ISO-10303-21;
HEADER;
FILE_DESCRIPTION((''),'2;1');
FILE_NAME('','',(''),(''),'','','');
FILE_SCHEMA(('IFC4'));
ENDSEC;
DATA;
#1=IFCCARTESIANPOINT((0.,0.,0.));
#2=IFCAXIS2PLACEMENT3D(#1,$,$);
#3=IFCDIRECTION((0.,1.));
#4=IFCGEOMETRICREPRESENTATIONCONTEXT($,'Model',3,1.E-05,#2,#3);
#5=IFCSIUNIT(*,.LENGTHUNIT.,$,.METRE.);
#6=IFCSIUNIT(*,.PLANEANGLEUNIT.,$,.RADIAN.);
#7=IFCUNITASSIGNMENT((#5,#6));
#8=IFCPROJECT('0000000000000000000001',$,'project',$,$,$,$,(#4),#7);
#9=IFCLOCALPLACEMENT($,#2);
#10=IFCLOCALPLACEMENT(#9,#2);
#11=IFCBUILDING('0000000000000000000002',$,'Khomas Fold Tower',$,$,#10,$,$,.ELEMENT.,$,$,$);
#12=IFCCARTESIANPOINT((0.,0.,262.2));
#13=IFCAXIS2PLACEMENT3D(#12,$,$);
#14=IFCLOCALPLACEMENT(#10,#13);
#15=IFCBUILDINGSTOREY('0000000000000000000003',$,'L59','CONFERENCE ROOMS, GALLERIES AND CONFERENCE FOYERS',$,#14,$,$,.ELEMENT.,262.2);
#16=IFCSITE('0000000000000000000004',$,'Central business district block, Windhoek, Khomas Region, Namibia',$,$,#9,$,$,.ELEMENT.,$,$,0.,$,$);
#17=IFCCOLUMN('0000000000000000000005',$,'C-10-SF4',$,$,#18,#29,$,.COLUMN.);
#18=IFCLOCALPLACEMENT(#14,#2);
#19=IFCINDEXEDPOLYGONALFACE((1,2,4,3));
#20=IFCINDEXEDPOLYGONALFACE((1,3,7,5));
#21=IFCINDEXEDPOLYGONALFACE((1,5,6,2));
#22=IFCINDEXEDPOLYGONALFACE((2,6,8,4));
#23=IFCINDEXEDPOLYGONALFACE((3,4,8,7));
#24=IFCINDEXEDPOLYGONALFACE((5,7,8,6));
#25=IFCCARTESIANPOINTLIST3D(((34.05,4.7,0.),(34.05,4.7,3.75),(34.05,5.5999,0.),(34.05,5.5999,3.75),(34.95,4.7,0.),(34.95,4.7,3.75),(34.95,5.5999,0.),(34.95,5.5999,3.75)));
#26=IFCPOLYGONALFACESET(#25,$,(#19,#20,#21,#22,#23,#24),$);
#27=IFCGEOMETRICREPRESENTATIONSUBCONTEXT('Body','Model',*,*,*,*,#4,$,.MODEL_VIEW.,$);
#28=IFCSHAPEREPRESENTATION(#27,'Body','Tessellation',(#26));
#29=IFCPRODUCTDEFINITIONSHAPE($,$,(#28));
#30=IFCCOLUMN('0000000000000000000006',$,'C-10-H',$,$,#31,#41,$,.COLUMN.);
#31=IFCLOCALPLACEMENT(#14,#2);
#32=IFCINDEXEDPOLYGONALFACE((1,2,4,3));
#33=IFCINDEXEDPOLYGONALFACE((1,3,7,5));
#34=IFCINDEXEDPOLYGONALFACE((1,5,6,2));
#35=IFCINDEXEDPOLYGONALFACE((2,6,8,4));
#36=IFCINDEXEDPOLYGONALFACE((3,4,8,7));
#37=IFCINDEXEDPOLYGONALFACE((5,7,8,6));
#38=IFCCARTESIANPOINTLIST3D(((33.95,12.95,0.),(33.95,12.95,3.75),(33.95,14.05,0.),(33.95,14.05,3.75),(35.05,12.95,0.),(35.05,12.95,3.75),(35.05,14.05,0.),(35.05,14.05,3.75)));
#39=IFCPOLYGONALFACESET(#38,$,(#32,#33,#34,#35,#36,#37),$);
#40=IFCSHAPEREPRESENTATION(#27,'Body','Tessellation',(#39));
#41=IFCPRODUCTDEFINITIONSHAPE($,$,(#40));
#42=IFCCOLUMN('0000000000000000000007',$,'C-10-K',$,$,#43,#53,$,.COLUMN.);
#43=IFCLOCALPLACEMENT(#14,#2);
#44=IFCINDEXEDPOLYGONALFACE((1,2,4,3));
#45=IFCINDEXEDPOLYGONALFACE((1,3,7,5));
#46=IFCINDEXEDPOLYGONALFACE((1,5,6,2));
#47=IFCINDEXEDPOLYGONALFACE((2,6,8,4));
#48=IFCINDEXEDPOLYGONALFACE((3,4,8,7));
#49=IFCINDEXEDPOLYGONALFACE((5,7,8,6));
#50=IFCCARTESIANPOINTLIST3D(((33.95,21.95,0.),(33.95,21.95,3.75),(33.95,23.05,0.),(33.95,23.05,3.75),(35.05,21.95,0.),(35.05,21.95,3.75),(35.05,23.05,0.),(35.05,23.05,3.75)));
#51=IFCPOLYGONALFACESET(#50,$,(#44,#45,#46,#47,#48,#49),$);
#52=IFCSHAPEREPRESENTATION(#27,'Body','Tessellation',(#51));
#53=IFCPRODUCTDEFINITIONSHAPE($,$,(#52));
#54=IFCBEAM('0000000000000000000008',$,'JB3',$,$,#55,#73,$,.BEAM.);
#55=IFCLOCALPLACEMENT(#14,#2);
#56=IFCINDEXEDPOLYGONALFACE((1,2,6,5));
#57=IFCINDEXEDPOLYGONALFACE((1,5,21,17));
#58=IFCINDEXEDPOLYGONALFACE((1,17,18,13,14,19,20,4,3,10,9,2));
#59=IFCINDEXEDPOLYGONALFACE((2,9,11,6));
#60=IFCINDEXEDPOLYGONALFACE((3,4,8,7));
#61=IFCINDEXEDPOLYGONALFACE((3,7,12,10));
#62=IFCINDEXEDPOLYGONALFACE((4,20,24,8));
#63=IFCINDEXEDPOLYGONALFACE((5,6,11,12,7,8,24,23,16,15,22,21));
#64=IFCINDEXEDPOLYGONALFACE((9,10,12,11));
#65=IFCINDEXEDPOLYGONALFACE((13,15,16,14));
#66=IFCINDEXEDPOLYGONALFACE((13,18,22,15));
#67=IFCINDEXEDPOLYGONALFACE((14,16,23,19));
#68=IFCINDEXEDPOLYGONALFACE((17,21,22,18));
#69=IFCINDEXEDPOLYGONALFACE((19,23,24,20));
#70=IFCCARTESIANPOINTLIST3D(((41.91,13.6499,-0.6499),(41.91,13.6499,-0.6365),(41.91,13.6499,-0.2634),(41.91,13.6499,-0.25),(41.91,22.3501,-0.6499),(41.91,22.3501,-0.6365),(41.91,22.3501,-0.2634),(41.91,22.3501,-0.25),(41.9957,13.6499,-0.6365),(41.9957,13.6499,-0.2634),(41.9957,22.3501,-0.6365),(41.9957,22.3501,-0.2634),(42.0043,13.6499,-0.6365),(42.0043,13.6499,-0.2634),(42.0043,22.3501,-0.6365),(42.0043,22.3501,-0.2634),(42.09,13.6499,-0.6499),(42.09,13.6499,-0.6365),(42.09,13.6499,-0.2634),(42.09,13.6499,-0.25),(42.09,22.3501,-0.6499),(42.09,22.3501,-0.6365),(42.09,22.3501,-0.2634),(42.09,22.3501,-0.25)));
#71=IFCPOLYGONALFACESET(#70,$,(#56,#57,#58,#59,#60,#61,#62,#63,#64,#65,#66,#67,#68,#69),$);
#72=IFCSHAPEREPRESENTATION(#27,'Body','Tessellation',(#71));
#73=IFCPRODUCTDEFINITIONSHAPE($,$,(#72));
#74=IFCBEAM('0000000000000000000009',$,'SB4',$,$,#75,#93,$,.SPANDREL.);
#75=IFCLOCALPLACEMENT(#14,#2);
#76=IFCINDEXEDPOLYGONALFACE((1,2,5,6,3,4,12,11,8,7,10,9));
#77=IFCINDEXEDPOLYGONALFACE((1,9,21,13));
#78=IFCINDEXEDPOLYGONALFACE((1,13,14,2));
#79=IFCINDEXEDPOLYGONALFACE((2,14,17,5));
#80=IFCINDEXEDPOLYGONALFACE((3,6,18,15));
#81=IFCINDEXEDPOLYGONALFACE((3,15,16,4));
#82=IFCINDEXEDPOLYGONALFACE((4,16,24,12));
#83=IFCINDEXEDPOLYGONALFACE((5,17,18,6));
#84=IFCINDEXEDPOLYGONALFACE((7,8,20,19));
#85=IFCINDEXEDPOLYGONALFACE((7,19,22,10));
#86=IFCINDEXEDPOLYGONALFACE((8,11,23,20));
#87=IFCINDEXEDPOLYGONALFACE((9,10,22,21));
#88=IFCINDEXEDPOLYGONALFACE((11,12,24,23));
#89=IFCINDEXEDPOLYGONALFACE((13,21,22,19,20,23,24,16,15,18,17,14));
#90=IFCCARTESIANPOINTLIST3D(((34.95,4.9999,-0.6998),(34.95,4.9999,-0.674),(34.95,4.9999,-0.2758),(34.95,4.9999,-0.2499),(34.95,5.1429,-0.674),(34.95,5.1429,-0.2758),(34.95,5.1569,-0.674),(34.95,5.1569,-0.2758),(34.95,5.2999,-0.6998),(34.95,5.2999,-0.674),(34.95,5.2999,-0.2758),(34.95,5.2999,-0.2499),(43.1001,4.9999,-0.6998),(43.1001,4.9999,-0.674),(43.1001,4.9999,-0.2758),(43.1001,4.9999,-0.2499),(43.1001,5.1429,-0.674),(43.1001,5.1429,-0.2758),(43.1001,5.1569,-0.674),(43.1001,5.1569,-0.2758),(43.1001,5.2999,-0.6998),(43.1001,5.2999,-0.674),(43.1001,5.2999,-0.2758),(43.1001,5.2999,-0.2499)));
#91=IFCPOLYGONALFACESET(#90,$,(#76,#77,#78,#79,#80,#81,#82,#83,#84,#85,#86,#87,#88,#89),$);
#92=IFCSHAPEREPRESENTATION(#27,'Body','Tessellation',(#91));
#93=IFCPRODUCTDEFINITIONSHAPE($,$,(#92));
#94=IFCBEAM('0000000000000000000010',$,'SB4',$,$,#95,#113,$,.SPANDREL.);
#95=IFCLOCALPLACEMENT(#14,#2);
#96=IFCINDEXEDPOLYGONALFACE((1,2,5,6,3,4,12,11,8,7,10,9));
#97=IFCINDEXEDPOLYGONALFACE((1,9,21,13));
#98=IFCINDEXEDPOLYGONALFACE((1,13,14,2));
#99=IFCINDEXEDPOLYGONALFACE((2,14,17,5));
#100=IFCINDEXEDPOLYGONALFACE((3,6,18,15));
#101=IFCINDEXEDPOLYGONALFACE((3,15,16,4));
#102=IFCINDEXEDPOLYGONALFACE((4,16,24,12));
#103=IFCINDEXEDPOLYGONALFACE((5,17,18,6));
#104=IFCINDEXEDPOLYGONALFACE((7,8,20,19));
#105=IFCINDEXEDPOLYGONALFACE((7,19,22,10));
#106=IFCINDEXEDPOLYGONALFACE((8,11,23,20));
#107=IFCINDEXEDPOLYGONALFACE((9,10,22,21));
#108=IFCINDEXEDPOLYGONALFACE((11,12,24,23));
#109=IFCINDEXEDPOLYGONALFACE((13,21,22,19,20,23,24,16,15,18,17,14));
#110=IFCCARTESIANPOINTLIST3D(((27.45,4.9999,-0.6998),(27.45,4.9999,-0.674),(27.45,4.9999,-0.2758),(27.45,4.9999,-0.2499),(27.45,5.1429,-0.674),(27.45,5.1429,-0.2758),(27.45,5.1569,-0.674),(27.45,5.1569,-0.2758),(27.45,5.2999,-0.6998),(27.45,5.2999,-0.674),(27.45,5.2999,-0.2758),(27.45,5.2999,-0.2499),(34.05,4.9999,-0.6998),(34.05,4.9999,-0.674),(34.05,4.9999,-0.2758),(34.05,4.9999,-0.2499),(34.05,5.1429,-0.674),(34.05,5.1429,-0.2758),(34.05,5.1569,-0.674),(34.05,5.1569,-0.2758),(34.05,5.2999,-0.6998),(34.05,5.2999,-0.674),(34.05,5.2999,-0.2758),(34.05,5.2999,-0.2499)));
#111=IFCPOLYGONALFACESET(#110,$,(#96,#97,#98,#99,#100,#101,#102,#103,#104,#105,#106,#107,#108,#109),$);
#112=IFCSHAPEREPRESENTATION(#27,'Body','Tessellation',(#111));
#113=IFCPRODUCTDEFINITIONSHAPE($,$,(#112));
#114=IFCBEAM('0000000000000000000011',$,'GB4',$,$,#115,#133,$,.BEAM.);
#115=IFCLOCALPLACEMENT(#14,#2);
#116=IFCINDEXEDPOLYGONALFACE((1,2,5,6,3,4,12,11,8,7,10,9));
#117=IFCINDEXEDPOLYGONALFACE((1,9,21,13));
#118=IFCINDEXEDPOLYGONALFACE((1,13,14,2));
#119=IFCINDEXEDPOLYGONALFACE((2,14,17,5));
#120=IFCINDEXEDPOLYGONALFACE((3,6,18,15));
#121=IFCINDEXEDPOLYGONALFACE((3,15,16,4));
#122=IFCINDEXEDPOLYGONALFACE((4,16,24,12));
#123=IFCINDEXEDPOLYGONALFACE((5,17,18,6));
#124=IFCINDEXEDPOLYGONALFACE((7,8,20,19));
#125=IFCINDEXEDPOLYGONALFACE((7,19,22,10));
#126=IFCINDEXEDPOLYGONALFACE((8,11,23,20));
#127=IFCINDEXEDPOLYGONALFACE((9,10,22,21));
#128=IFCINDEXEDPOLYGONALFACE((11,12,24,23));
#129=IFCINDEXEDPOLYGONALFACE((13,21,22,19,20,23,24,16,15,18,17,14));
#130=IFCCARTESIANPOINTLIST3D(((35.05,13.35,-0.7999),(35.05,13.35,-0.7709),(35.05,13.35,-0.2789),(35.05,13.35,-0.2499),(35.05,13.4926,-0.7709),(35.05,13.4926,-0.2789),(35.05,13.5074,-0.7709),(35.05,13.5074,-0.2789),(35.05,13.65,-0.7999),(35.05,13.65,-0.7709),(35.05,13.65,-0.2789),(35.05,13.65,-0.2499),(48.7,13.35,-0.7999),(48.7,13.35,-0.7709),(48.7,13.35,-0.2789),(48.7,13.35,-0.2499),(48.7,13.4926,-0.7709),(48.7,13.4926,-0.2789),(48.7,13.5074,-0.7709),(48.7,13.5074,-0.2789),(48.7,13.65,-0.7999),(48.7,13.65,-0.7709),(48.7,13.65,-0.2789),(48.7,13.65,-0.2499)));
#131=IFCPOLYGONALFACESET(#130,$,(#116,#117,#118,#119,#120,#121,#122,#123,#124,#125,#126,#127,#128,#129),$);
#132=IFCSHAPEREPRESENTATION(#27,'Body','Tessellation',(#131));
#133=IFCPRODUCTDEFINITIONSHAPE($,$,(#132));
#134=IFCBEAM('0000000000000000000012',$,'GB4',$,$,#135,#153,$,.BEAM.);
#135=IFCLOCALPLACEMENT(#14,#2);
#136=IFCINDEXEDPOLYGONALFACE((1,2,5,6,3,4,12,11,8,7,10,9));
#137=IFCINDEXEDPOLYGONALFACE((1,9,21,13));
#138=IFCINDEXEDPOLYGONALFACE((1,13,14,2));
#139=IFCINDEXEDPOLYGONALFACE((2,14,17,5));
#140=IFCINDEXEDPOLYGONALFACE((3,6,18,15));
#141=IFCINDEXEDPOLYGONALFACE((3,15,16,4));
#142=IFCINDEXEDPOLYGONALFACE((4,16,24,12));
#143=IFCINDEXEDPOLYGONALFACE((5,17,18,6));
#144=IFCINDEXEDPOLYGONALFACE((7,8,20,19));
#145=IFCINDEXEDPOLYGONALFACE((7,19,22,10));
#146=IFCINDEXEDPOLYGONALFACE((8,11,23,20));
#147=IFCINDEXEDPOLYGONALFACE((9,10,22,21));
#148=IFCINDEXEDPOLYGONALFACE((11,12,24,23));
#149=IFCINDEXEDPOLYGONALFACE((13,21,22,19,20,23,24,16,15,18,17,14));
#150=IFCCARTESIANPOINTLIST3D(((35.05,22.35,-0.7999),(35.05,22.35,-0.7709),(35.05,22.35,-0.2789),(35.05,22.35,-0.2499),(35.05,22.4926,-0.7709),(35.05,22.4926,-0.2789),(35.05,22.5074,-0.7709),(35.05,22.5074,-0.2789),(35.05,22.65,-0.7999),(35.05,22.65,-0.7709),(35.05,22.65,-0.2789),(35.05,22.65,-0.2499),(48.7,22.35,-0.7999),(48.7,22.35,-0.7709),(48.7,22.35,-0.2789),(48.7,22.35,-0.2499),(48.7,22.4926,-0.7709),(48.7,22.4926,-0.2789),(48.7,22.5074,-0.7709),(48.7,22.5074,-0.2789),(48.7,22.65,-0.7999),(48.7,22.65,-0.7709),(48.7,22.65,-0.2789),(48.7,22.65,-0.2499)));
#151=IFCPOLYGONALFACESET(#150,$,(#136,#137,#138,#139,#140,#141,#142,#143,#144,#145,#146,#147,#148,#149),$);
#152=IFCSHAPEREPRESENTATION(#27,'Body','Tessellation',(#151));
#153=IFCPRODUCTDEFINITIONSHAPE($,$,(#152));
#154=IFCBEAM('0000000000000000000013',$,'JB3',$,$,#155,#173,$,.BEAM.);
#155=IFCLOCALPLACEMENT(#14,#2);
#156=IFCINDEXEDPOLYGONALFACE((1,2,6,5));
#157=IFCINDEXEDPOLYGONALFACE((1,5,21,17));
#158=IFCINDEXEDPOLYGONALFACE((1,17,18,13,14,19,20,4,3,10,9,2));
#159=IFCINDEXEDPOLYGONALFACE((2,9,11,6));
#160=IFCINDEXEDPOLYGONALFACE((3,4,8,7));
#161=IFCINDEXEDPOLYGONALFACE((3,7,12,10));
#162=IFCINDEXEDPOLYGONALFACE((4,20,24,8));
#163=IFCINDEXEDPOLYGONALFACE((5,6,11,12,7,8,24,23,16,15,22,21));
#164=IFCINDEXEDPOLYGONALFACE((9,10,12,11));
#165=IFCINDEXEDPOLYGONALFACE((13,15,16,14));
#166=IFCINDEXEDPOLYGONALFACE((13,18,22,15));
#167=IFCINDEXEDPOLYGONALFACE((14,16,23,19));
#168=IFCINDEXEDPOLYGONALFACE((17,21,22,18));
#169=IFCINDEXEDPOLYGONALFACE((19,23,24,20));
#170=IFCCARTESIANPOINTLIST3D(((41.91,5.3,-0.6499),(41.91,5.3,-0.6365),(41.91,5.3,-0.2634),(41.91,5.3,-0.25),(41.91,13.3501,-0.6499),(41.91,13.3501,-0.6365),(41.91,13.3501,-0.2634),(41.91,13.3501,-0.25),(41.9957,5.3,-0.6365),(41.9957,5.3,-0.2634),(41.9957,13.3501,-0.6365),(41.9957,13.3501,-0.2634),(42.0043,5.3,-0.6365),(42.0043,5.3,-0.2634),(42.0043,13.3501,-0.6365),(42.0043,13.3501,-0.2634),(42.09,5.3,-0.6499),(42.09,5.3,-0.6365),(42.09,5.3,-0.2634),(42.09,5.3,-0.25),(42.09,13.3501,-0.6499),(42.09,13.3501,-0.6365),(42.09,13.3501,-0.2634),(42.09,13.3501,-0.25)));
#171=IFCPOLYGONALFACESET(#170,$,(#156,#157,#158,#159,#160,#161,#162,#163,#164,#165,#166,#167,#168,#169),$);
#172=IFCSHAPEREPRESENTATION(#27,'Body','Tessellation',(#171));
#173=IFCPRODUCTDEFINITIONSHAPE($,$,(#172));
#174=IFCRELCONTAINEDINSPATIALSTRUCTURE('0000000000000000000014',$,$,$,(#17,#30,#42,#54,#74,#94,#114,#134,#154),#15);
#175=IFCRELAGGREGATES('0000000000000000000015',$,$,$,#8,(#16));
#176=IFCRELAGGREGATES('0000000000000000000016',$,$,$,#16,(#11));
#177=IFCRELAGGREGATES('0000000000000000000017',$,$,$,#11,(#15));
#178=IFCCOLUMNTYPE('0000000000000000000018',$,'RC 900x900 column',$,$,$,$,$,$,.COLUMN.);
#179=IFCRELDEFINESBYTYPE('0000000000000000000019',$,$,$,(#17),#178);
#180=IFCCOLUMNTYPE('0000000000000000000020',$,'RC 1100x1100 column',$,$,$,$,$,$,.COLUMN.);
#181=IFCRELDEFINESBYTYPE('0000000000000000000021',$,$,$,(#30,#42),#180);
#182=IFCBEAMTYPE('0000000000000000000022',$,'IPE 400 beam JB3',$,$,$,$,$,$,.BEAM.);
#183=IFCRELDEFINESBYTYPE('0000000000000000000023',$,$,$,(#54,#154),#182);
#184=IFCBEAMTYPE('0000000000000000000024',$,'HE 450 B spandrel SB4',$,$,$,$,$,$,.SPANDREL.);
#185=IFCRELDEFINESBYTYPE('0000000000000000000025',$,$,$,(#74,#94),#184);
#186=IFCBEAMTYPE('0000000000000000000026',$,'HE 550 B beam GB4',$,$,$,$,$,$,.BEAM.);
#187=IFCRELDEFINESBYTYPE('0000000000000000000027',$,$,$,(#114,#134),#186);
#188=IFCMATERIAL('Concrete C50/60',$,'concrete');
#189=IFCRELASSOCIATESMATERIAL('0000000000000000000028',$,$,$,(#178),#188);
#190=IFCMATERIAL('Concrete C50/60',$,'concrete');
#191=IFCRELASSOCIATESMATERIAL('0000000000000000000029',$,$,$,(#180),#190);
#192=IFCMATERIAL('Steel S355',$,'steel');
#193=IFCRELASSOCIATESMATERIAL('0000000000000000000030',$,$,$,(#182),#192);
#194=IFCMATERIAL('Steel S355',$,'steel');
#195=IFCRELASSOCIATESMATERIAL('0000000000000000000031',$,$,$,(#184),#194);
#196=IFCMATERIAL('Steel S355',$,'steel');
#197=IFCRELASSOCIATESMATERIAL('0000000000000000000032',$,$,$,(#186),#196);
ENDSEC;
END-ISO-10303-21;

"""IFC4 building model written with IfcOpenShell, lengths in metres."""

from ifc_helpers import new_model, si_unit, direction, frame, origin, origin_2d, place, context, subcontext, project, spatial, rectangle, i_section, extrude, source, transform, mapped, material, material_profile, profile_set, type_object, element, save


model = new_model("IFC4")

# Units and contexts
model_context = context("Model", 3, precision=1e-05, world=origin(), true_north=direction((0.0, 1.0)))
body_context = subcontext(model_context, "Body", "Model", "MODEL_VIEW")
ifc_project = project(units=[si_unit("LENGTHUNIT", "METRE"), si_unit("PLANEANGLEUNIT", "RADIAN")], contexts=[model_context])

# Site, building, storey
site_placement = place(None, origin())
site = spatial("IfcSite", under=ifc_project, at=site_placement, Name="Central business district block, Windhoek, Khomas Region, Namibia", CompositionType="ELEMENT", RefElevation=0.0)
building_placement = place(site_placement, origin())
building = spatial("IfcBuilding", under=site, at=building_placement, Name="Khomas Fold Tower", CompositionType="ELEMENT")
storey_placement = place(building_placement, frame((0.0, 0.0, 262.2)))
storey = spatial("IfcBuildingStorey", under=building, at=storey_placement, Name="L59", Description="CONFERENCE ROOMS, GALLERIES AND CONFERENCE FOYERS", CompositionType="ELEMENT", Elevation=262.2)

# Columns
ifc_material_1 = material(Name="Concrete C50/60", Category="concrete")
ifc_material_profile_1 = material_profile(ifc_material_1, rectangle(XDim=0.8999, YDim=0.8999, at=origin_2d()), Name="RC 900x900")
ifc_profile_set_1 = profile_set([ifc_material_profile_1], Name="Concrete C50/60")
column_type_1 = type_object("IfcColumnType", Name="RC 900x900 column", PredefinedType="COLUMN", material=ifc_profile_set_1)
shared_shape_1 = source(origin(), body_context, "Body", "SweptSolid", [
    extrude(rectangle(XDim=0.8999, YDim=0.8999, at=origin_2d()), origin(), (0.0, 0.0, 1.0), 3.75),
])
column_placement = place(storey_placement, frame((34.5, 5.1499, 0.0), z_axis=(0.0, 0.0, 1.0), x_axis=(1.0, 0.0, 0.0)))
element("IfcColumn", 1, at=column_placement, inside=storey, type_object=column_type_1, Name="C-10-SF4", PredefinedType="COLUMN", context=body_context, shape_type="MappedRepresentation", body=[
    mapped(shared_shape_1, transform((0.0, 0.0, 0.0))),
])
ifc_material_2 = material(Name="Concrete C50/60", Category="concrete")
ifc_material_profile_2 = material_profile(ifc_material_2, rectangle(XDim=1.1001, YDim=1.1001, at=origin_2d()), Name="RC 1100x1100")
ifc_profile_set_2 = profile_set([ifc_material_profile_2], Name="Concrete C50/60")
column_type_2 = type_object("IfcColumnType", Name="RC 1100x1100 column", PredefinedType="COLUMN", material=ifc_profile_set_2)
shared_shape_2 = source(origin(), body_context, "Body", "SweptSolid", [
    extrude(rectangle(XDim=1.1001, YDim=1.1001, at=origin_2d()), origin(), (0.0, 0.0, 1.0), 3.75),
])
for number, where, z_axis, x_axis, name in (
    (2, (34.5, 13.5, 0.0), (0.0, 0.0, 1.0), (1.0, 0.0, 0.0), "C-10-H"),
    (3, (34.5, 22.5, 0.0), (0.0, 0.0, 1.0), (1.0, 0.0, 0.0), "C-10-K"),
):
    element("IfcColumn", number, at=place(storey_placement, frame(where, z_axis=z_axis, x_axis=x_axis)), inside=storey, type_object=column_type_2, Name=name, PredefinedType="COLUMN", context=body_context, shape_type="MappedRepresentation", body=[
        mapped(shared_shape_2, transform((0.0, 0.0, 0.0))),
    ])

# Beams
ifc_material_3 = material(Name="Steel S355", Category="steel")
ifc_material_profile_3 = material_profile(ifc_material_3, i_section(OverallWidth=0.1799, OverallDepth=0.3999, WebThickness=0.0085, FlangeThickness=0.0134, at=origin_2d()), Name="IPE 400")
ifc_profile_set_3 = profile_set([ifc_material_profile_3], Name="Steel S355")
beam_type_1 = type_object("IfcBeamType", Name="IPE 400 beam JB3", PredefinedType="BEAM", material=ifc_profile_set_3)
shared_shape_3 = source(origin(), body_context, "Body", "SweptSolid", [
    extrude(i_section(OverallWidth=0.1799, OverallDepth=0.3999, WebThickness=0.0085, FlangeThickness=0.0134, at=origin_2d()), origin(), (0.0, 0.0, 1.0), 8.7002),
])
beam_1_placement = place(storey_placement, frame((42.0, 13.6499, -0.45), z_axis=(0.0, 1.0, 0.0), x_axis=(-1.0, 0.0, 0.0)))
element("IfcBeam", 4, at=beam_1_placement, inside=storey, type_object=beam_type_1, Name="JB3", PredefinedType="BEAM", context=body_context, shape_type="MappedRepresentation", body=[
    mapped(shared_shape_3, transform((0.0, 0.0, 0.0))),
])
ifc_material_4 = material(Name="Steel S355", Category="steel")
ifc_material_profile_4 = material_profile(ifc_material_4, i_section(OverallWidth=0.3, OverallDepth=0.45, WebThickness=0.0139, FlangeThickness=0.0259, at=origin_2d()), Name="HE 450 B")
ifc_profile_set_4 = profile_set([ifc_material_profile_4], Name="Steel S355")
beam_type_2 = type_object("IfcBeamType", Name="HE 450 B spandrel SB4", PredefinedType="SPANDREL", material=ifc_profile_set_4)
shared_shape_4 = source(origin(), body_context, "Body", "SweptSolid", [
    extrude(i_section(OverallWidth=0.3, OverallDepth=0.45, WebThickness=0.0139, FlangeThickness=0.0259, at=origin_2d()), origin(), (0.0, 0.0, 1.0), 8.1501),
])
beam_2_placement = place(storey_placement, frame((34.95, 5.1499, -0.4749), z_axis=(1.0, 0.0, 0.0), x_axis=(0.0, 1.0, 0.0)))
element("IfcBeam", 5, at=beam_2_placement, inside=storey, type_object=beam_type_2, Name="SB4", PredefinedType="SPANDREL", context=body_context, shape_type="MappedRepresentation", body=[
    mapped(shared_shape_4, transform((0.0, 0.0, 0.0))),
])
shared_shape_5 = source(origin(), body_context, "Body", "SweptSolid", [
    extrude(i_section(OverallWidth=0.3, OverallDepth=0.45, WebThickness=0.0139, FlangeThickness=0.0259, at=origin_2d()), origin(), (0.0, 0.0, 1.0), 6.6001),
])
beam_3_placement = place(storey_placement, frame((27.45, 5.1499, -0.4749), z_axis=(1.0, 0.0, 0.0), x_axis=(0.0, 1.0, 0.0)))
element("IfcBeam", 6, at=beam_3_placement, inside=storey, type_object=beam_type_2, Name="SB4", PredefinedType="SPANDREL", context=body_context, shape_type="MappedRepresentation", body=[
    mapped(shared_shape_5, transform((0.0, 0.0, 0.0))),
])
ifc_material_5 = material(Name="Steel S355", Category="steel")
ifc_material_profile_5 = material_profile(ifc_material_5, i_section(OverallWidth=0.3, OverallDepth=0.55, WebThickness=0.0149, FlangeThickness=0.0291, at=origin_2d()), Name="HE 550 B")
ifc_profile_set_5 = profile_set([ifc_material_profile_5], Name="Steel S355")
beam_type_3 = type_object("IfcBeamType", Name="HE 550 B beam GB4", PredefinedType="BEAM", material=ifc_profile_set_5)
shared_shape_6 = source(origin(), body_context, "Body", "SweptSolid", [
    extrude(i_section(OverallWidth=0.3, OverallDepth=0.55, WebThickness=0.0149, FlangeThickness=0.0291, at=origin_2d()), origin(), (0.0, 0.0, 1.0), 13.6499),
])
for number, where, z_axis, x_axis, name in (
    (7, (35.05, 13.5, -0.5249), (1.0, 0.0, 0.0), (0.0, 1.0, 0.0), "GB4"),
    (8, (35.05, 22.5, -0.5249), (1.0, 0.0, 0.0), (0.0, 1.0, 0.0), "GB4"),
):
    element("IfcBeam", number, at=place(storey_placement, frame(where, z_axis=z_axis, x_axis=x_axis)), inside=storey, type_object=beam_type_3, Name=name, PredefinedType="BEAM", context=body_context, shape_type="MappedRepresentation", body=[
        mapped(shared_shape_6, transform((0.0, 0.0, 0.0))),
    ])
shared_shape_7 = source(origin(), body_context, "Body", "SweptSolid", [
    extrude(i_section(OverallWidth=0.1799, OverallDepth=0.3999, WebThickness=0.0085, FlangeThickness=0.0134, at=origin_2d()), origin(), (0.0, 0.0, 1.0), 8.05),
])
beam_4_placement = place(storey_placement, frame((42.0, 5.3, -0.45), z_axis=(0.0, 1.0, 0.0), x_axis=(-1.0, 0.0, 0.0)))
element("IfcBeam", 9, at=beam_4_placement, inside=storey, type_object=beam_type_1, Name="JB3", PredefinedType="BEAM", context=body_context, shape_type="MappedRepresentation", body=[
    mapped(shared_shape_7, transform((0.0, 0.0, 0.0))),
])

save(model, "model.ifc")
